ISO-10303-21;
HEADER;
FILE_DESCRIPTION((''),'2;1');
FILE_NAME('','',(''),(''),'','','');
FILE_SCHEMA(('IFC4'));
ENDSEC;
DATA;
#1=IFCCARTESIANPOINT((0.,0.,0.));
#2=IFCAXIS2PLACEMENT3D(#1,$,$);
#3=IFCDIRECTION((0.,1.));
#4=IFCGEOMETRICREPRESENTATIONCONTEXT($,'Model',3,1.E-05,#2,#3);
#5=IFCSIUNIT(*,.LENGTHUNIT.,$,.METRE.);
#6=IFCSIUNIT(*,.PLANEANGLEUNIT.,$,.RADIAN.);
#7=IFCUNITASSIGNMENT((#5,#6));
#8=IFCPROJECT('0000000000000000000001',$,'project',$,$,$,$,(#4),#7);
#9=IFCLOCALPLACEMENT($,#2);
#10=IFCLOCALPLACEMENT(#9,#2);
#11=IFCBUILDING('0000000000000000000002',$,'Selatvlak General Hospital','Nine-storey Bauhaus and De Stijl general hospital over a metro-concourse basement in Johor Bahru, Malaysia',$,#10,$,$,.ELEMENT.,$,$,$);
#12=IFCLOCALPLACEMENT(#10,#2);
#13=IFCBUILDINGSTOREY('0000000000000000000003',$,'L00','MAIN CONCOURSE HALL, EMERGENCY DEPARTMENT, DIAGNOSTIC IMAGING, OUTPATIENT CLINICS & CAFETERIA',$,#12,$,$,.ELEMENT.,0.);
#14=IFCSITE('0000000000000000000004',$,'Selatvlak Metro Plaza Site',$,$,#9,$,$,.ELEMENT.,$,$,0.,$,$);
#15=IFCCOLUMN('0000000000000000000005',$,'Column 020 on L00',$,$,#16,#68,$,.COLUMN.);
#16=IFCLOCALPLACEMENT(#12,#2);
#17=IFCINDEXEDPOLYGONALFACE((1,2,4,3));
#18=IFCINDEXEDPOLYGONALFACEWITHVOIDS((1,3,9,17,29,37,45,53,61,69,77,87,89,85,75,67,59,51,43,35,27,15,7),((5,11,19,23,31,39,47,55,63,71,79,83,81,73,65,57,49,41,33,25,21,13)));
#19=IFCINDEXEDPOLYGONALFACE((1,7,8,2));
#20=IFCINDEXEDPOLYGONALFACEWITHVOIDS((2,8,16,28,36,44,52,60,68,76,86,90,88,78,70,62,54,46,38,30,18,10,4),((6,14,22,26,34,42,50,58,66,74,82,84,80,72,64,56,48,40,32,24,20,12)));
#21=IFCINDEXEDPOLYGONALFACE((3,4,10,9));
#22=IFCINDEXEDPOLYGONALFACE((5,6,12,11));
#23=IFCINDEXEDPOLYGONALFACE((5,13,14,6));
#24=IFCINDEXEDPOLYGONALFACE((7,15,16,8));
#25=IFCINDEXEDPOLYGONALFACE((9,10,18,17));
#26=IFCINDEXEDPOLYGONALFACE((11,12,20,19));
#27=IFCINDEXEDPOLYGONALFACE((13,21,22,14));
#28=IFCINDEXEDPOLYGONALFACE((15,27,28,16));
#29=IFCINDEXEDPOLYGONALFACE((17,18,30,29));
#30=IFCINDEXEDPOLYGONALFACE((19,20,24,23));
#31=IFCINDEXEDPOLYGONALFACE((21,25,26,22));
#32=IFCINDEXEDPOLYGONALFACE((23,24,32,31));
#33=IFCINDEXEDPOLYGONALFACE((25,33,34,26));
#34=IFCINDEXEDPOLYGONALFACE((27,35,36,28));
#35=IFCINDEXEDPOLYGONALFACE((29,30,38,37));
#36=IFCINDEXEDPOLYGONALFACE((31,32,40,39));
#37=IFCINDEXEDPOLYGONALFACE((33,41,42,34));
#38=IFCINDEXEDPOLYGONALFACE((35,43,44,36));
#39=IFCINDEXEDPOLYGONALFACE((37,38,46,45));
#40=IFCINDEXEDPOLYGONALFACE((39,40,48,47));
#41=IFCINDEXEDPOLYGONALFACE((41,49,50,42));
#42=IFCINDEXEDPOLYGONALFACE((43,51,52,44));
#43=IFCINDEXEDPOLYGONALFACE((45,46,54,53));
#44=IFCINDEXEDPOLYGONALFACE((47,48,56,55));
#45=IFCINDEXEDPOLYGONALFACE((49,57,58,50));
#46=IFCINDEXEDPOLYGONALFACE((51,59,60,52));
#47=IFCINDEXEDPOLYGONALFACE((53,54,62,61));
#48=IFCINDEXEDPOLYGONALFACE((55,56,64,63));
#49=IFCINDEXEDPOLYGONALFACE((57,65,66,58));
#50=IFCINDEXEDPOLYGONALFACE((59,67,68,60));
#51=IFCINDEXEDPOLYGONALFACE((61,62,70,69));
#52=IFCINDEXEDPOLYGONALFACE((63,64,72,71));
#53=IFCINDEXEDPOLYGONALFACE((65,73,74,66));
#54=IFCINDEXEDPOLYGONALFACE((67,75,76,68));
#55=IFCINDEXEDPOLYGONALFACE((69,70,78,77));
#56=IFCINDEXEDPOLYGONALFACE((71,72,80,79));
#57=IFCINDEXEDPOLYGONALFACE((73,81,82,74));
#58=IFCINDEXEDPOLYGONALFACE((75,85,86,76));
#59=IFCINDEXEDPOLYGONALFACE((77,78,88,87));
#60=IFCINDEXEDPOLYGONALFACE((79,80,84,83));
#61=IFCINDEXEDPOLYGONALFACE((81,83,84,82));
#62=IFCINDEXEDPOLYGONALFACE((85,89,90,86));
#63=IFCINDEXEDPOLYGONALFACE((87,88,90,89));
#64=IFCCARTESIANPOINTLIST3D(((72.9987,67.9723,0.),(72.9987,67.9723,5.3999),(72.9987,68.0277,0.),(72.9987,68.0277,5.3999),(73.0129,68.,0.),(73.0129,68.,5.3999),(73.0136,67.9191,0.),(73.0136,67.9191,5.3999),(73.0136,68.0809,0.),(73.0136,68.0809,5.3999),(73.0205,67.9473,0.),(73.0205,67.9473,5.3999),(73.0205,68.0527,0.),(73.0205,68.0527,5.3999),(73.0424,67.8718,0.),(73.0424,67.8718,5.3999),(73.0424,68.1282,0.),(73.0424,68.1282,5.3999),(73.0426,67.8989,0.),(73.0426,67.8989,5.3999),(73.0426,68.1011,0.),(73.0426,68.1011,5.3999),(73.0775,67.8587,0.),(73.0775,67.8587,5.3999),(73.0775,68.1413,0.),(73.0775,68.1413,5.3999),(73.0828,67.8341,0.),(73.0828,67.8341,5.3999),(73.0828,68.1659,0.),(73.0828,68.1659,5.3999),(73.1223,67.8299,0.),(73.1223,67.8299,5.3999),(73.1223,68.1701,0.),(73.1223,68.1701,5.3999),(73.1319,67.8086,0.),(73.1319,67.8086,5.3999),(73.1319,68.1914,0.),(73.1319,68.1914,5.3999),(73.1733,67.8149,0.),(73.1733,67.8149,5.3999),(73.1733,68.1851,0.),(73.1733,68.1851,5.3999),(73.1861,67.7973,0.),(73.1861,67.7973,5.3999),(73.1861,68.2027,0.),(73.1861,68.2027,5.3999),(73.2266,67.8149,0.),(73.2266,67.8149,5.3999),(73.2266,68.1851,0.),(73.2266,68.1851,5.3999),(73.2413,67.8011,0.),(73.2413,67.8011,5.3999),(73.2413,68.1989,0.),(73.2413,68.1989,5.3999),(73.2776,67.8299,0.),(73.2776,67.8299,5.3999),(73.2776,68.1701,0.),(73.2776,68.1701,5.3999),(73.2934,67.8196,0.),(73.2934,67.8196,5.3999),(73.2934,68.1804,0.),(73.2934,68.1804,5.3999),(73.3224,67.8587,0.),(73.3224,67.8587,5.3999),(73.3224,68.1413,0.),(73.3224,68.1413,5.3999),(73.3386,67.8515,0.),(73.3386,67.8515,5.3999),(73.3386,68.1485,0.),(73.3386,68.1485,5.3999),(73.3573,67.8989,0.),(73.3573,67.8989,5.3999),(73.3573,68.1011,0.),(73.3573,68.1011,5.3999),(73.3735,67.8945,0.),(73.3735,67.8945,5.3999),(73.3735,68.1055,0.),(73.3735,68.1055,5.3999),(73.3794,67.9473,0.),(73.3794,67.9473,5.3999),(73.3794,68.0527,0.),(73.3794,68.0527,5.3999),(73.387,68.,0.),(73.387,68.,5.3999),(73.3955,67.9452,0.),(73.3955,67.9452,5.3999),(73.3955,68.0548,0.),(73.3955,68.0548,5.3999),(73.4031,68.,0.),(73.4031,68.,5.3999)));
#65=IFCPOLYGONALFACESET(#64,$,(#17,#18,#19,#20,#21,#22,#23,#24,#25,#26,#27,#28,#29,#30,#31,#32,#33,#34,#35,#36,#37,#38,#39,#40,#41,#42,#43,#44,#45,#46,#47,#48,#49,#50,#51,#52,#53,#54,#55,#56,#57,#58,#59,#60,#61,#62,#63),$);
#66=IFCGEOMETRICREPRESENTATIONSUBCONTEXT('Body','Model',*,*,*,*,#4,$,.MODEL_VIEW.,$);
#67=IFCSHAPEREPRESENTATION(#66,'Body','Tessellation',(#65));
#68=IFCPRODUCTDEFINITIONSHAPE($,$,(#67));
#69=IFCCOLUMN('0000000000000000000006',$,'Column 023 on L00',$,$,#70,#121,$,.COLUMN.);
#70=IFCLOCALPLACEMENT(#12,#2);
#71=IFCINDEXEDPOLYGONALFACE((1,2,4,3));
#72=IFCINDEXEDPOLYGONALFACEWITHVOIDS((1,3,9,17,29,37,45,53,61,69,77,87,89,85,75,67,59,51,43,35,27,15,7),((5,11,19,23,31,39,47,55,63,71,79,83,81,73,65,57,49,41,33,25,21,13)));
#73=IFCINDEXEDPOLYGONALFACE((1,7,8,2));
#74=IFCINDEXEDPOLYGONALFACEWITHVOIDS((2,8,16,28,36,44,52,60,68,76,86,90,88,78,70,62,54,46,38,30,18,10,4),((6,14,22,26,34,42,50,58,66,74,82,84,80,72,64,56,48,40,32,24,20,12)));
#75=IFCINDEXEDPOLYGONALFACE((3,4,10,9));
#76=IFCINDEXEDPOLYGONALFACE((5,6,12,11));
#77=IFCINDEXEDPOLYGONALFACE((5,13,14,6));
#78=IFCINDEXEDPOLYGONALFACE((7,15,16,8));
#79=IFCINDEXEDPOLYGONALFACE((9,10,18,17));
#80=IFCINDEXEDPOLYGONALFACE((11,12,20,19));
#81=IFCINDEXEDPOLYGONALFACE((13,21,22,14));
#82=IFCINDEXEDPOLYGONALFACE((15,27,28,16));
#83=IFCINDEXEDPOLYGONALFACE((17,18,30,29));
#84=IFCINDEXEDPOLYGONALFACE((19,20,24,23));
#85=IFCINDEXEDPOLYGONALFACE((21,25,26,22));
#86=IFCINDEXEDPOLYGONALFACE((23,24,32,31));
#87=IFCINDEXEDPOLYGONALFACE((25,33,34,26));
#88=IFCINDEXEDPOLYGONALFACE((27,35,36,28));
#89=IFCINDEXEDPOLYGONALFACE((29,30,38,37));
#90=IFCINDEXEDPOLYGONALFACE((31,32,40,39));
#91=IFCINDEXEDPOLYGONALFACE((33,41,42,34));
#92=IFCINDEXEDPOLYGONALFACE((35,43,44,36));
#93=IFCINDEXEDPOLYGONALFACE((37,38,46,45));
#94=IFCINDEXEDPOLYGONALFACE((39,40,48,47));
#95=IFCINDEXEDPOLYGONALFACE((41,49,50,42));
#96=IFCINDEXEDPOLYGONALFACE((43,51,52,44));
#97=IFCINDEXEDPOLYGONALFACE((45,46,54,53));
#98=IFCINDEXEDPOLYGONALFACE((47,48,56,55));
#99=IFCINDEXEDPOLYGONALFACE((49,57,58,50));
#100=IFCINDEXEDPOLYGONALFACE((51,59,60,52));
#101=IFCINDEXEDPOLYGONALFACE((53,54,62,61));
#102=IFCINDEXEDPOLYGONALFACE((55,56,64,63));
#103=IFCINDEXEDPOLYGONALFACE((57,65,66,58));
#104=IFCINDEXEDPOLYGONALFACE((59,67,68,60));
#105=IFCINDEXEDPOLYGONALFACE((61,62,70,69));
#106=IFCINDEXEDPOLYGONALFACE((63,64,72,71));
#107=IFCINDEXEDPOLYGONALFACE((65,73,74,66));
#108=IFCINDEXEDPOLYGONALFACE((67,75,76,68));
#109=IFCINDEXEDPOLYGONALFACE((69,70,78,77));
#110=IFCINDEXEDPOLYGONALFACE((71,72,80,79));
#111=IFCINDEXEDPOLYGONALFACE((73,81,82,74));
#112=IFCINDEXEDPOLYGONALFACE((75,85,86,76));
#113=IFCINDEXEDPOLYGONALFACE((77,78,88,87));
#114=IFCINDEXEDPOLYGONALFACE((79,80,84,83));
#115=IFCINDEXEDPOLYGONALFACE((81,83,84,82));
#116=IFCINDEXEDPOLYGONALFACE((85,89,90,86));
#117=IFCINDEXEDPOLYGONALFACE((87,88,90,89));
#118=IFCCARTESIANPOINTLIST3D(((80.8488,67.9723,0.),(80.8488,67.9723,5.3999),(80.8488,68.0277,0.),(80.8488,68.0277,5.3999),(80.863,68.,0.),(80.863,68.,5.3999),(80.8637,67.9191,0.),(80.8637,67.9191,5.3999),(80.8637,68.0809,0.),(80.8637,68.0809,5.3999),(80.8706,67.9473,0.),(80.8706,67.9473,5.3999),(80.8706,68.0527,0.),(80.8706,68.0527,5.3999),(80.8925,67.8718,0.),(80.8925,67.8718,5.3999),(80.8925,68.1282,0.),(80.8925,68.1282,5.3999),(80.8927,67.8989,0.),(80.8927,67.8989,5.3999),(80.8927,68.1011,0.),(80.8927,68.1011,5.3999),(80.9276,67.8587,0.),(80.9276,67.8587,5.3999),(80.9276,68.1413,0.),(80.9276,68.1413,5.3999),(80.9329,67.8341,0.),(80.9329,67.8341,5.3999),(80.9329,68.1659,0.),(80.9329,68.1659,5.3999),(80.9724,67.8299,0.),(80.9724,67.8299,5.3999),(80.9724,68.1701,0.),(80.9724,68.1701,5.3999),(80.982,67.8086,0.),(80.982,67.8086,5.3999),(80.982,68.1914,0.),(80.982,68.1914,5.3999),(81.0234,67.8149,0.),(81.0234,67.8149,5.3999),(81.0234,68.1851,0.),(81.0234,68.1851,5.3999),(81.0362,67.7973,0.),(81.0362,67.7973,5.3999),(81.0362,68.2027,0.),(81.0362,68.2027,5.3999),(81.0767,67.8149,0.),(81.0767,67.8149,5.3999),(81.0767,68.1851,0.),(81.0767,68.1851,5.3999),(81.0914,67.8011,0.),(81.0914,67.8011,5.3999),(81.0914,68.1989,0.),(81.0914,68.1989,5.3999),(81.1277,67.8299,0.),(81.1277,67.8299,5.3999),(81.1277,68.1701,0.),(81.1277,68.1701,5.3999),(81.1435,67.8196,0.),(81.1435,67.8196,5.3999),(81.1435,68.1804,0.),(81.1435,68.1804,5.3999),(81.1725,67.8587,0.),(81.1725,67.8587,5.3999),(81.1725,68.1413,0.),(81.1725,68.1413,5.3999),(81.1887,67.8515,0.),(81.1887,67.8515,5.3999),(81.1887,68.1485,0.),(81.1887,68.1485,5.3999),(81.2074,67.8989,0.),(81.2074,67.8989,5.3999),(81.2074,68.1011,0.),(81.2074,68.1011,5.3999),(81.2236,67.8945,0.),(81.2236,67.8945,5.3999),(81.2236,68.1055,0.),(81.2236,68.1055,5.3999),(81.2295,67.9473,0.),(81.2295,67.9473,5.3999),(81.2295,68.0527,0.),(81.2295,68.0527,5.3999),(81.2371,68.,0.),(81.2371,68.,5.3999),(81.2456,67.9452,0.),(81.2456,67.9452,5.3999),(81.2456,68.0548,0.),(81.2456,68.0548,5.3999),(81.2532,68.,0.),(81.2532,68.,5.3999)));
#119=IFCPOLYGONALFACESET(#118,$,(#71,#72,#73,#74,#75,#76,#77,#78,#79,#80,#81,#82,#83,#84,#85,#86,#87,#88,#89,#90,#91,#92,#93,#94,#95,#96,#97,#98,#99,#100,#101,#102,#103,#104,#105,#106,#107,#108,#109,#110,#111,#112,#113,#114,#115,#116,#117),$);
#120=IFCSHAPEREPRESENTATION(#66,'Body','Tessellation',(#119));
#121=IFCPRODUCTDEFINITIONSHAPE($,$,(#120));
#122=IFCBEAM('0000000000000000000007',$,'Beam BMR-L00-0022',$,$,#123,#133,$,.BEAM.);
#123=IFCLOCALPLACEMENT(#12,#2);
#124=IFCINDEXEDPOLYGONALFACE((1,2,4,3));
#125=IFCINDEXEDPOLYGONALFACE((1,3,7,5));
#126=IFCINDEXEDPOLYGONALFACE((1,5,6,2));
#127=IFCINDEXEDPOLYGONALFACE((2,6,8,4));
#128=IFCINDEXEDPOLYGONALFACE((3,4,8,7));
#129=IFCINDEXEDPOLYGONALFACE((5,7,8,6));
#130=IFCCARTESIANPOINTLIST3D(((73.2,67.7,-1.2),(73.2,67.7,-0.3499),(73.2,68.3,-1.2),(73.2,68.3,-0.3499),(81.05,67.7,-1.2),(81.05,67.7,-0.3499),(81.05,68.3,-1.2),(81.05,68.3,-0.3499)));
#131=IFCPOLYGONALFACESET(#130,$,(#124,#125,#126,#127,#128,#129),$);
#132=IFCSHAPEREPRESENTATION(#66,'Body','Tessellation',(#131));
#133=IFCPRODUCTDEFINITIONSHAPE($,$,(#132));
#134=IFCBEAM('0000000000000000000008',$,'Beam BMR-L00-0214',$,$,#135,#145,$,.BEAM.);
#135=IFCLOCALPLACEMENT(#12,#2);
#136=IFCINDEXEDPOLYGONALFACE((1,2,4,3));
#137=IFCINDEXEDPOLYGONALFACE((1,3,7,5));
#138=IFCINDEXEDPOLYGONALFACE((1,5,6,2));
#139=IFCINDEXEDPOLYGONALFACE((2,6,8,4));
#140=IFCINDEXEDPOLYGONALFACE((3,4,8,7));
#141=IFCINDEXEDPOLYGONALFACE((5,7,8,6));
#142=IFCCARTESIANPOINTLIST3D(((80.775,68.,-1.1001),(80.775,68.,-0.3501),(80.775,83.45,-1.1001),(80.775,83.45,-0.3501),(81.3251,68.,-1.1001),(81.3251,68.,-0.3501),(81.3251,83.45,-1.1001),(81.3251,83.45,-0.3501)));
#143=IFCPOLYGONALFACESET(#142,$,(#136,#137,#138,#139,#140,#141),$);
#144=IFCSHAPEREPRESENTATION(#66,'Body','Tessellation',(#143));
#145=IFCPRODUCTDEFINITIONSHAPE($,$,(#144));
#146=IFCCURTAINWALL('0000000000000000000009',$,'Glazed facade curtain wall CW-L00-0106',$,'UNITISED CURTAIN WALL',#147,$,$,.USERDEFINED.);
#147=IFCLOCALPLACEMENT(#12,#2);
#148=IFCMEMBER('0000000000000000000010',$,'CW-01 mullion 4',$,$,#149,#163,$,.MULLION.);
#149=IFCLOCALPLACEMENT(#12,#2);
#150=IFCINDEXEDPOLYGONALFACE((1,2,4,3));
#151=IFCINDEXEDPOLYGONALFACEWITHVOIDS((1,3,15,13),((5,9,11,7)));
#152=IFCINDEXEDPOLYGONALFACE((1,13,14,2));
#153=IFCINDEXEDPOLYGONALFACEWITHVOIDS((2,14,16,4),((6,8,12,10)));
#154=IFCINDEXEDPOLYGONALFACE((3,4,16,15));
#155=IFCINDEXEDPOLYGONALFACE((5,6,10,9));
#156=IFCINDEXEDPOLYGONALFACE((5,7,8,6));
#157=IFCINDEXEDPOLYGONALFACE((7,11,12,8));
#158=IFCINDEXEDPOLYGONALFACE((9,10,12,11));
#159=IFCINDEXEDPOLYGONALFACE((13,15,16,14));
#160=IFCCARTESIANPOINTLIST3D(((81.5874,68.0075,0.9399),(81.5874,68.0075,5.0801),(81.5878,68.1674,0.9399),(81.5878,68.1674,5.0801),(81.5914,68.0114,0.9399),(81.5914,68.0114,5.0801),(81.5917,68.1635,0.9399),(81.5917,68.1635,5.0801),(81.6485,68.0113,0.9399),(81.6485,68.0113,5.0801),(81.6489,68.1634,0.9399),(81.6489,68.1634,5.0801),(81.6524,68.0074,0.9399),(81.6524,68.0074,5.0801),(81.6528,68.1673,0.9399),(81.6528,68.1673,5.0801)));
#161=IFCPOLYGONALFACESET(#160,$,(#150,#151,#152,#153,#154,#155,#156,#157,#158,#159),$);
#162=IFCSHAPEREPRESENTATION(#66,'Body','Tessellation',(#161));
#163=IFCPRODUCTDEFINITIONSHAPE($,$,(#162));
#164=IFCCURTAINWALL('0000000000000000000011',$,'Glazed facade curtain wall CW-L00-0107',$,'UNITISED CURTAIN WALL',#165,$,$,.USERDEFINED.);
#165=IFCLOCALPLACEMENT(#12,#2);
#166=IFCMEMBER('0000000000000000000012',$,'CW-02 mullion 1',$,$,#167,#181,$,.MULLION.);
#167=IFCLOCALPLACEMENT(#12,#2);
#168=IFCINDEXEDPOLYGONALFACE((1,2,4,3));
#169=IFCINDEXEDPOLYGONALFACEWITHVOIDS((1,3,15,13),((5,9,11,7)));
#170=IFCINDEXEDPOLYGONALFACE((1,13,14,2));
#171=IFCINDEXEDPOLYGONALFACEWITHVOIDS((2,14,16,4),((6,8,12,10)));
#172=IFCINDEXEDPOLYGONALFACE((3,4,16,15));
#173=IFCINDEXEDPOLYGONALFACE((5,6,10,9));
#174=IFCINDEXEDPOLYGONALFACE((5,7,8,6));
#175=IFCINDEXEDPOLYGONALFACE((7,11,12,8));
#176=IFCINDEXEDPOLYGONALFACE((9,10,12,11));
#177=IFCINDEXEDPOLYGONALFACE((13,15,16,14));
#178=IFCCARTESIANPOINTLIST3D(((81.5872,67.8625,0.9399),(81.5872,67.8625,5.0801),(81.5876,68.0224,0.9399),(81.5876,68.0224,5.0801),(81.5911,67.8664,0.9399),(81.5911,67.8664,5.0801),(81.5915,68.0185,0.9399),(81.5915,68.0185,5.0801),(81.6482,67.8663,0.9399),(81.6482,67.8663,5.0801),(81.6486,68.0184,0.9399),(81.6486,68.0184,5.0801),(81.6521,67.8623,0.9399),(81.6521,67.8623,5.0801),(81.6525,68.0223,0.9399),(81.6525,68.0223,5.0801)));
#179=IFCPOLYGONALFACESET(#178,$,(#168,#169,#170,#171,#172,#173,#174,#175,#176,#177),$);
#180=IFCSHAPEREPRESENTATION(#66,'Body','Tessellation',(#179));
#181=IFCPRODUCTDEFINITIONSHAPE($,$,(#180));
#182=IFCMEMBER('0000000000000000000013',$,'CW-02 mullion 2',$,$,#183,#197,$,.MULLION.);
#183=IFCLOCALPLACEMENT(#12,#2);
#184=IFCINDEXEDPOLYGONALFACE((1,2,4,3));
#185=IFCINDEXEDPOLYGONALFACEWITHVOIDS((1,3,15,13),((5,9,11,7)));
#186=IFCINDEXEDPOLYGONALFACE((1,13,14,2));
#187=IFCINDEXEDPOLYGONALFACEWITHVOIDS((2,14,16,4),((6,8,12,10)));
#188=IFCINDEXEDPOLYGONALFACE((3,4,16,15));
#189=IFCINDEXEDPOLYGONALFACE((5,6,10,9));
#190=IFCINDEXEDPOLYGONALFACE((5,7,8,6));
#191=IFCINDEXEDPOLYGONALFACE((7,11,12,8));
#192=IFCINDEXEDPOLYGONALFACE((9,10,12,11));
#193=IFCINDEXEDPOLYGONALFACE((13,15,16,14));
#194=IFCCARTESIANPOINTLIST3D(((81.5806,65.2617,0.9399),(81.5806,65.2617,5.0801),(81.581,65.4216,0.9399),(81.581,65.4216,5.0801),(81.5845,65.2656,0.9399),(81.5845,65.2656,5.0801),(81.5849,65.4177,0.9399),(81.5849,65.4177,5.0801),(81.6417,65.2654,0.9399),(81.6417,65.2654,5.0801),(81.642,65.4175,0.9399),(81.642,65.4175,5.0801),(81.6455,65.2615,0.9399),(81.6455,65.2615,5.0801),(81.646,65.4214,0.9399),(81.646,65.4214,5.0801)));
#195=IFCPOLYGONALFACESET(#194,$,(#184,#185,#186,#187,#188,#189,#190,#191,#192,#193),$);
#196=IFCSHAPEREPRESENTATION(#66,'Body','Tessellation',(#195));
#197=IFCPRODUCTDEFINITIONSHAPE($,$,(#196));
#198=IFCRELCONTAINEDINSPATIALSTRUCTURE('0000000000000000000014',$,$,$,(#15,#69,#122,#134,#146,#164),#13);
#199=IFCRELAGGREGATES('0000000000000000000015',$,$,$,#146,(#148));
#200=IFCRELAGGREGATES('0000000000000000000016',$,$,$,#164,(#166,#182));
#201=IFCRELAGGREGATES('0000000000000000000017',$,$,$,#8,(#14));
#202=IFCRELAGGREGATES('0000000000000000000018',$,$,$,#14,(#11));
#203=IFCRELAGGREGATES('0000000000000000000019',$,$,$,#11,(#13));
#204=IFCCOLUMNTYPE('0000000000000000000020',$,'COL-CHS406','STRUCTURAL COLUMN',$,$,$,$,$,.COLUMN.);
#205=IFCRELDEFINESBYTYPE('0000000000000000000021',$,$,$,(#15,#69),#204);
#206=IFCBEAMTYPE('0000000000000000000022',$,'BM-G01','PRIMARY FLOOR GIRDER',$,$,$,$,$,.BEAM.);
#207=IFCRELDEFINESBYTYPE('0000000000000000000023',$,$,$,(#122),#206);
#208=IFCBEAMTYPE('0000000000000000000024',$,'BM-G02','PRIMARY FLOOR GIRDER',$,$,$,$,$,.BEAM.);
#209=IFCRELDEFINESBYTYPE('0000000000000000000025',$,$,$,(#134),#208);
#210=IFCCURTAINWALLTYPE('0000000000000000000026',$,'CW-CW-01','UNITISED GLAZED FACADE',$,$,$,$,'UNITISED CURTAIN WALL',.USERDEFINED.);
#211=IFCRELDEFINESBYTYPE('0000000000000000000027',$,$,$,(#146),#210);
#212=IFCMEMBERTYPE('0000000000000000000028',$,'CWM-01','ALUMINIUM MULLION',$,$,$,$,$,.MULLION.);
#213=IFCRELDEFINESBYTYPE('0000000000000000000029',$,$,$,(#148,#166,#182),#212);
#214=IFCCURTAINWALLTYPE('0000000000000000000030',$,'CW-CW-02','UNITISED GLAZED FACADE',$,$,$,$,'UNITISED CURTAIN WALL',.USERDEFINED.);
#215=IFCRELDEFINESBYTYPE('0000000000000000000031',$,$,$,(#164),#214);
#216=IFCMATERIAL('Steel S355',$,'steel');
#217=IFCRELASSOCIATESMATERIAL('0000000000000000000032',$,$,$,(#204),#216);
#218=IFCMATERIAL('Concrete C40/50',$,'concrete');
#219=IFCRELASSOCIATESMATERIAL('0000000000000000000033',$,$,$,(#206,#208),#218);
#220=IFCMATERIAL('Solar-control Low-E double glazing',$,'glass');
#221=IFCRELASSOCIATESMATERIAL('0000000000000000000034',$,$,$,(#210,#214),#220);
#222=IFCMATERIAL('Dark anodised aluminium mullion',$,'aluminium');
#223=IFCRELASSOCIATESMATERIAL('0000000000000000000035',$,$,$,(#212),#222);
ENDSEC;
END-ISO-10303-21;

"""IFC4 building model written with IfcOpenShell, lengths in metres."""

from ifc_helpers import new_model, si_unit, direction, frame, origin, origin_2d, place, context, subcontext, project, spatial, rectangle, hollow_rectangle, hollow_circle, extrude, material, material_profile, profile_set, type_object, element, aggregate, save


model = new_model("IFC4")

# Units and contexts
model_context = context("Model", 3, precision=1e-05, world=origin(), true_north=direction((0.0, 1.0)))
body_context = subcontext(model_context, "Body", "Model", "MODEL_VIEW")
ifc_project = project(units=[si_unit("LENGTHUNIT", "METRE"), si_unit("PLANEANGLEUNIT", "RADIAN")], contexts=[model_context])

# Site, building, storey
site_placement = place(None, origin())
site = spatial("IfcSite", under=ifc_project, at=site_placement, Name="Selatvlak Metro Plaza Site", CompositionType="ELEMENT", RefElevation=0.0)
building_placement = place(site_placement, origin())
building = spatial("IfcBuilding", under=site, at=building_placement, Name="Selatvlak General Hospital", Description="Nine-storey Bauhaus and De Stijl general hospital over a metro-concourse basement in Johor Bahru, Malaysia", CompositionType="ELEMENT")
storey_placement = place(building_placement, origin())
storey = spatial("IfcBuildingStorey", under=building, at=storey_placement, Name="L00", Description="MAIN CONCOURSE HALL, EMERGENCY DEPARTMENT, DIAGNOSTIC IMAGING, OUTPATIENT CLINICS & CAFETERIA", CompositionType="ELEMENT", Elevation=0.0)

# Columns
ifc_material_1 = material(Name="Steel S355", Category="steel")
ifc_material_profile_1 = material_profile(ifc_material_1, hollow_circle(Radius=0.2031, WallThickness=0.0161, at=origin_2d()), Name="CHS 406.4x16")
ifc_profile_set_1 = profile_set([ifc_material_profile_1], Name="Steel S355")
column_type = type_object("IfcColumnType", Name="COL-CHS406", Description="STRUCTURAL COLUMN", PredefinedType="COLUMN", material=ifc_profile_set_1)
for number, where, z_axis, x_axis, name in (
    (1, (73.2, 68.0, 0.0), (0.0, 0.0, 1.0), (1.0, 0.0, 0.0), "Column 020 on L00"),
    (2, (81.05, 68.0, 0.0), (0.0, 0.0, 1.0), (1.0, 0.0, 0.0), "Column 023 on L00"),
):
    element("IfcColumn", number, at=place(storey_placement, frame(where, z_axis=z_axis, x_axis=x_axis)), inside=storey, type_object=column_type, Name=name, PredefinedType="COLUMN", context=body_context, shape_type="SweptSolid", body=[
        extrude(hollow_circle(Radius=0.2031, WallThickness=0.0161, at=origin_2d()), origin(), (0.0, 0.0, 1.0), 5.3999),
    ])

# Beams
ifc_material_2 = material(Name="Concrete C40/50", Category="concrete")
ifc_material_profile_2 = material_profile(ifc_material_2, rectangle(XDim=0.6001, YDim=0.8501, at=origin_2d()), Name="RC-BM 600x850")
ifc_profile_set_2 = profile_set([ifc_material_profile_2], Name="Concrete C40/50")
beam_type_1 = type_object("IfcBeamType", Name="BM-G01", Description="PRIMARY FLOOR GIRDER", PredefinedType="BEAM", material=ifc_profile_set_2)
beam_1_placement = place(storey_placement, frame((73.2, 68.0, -0.7749), z_axis=(1.0, 0.0, 0.0), x_axis=(0.0, 1.0, 0.0)))
element("IfcBeam", 3, at=beam_1_placement, inside=storey, type_object=beam_type_1, Name="Beam BMR-L00-0022", PredefinedType="BEAM", context=body_context, shape_type="SweptSolid", body=[
    extrude(rectangle(XDim=0.6001, YDim=0.8501, at=origin_2d()), origin(), (0.0, 0.0, 1.0), 7.8501),
])
ifc_material_profile_3 = material_profile(ifc_material_2, rectangle(XDim=0.55, YDim=0.75, at=origin_2d()), Name="RC-BM 550x750")
ifc_profile_set_3 = profile_set([ifc_material_profile_3], Name="Concrete C40/50")
beam_type_2 = type_object("IfcBeamType", Name="BM-G02", Description="PRIMARY FLOOR GIRDER", PredefinedType="BEAM", material=ifc_profile_set_3)
beam_2_placement = place(storey_placement, frame((81.05, 68.0, -0.7251), z_axis=(0.0, 1.0, 0.0), x_axis=(-1.0, 0.0, 0.0)))
element("IfcBeam", 4, at=beam_2_placement, inside=storey, type_object=beam_type_2, Name="Beam BMR-L00-0214", PredefinedType="BEAM", context=body_context, shape_type="SweptSolid", body=[
    extrude(rectangle(XDim=0.55, YDim=0.75, at=origin_2d()), origin(), (0.0, 0.0, 1.0), 15.45),
])

# Curtain wall, member
ifc_material_3 = material(Name="Solar-control Low-E double glazing", Category="glass")
curtain_wall_type_1 = type_object("IfcCurtainWallType", Name="CW-CW-01", Description="UNITISED GLAZED FACADE", ElementType="UNITISED CURTAIN WALL", PredefinedType="USERDEFINED", material=ifc_material_3)
curtain_wall_1_placement = place(storey_placement, origin())
curtain_wall_1 = element("IfcCurtainWall", 5, at=curtain_wall_1_placement, inside=storey, type_object=curtain_wall_type_1, Name="Glazed facade curtain wall CW-L00-0106", ObjectType="UNITISED CURTAIN WALL", PredefinedType="USERDEFINED")
ifc_material_4 = material(Name="Dark anodised aluminium mullion", Category="aluminium")
ifc_material_profile_4 = material_profile(ifc_material_4, hollow_rectangle(XDim=0.0649, YDim=0.1599, WallThickness=0.0039, at=origin_2d()), Name="AL-MUL 65x160x4")
ifc_profile_set_4 = profile_set([ifc_material_profile_4], Name="Dark anodised aluminium mullion")
member_type_1 = type_object("IfcMemberType", Name="CWM-01", Description="ALUMINIUM MULLION", PredefinedType="MULLION", material=ifc_profile_set_4)
member_1_placement = place(storey_placement, frame((81.6201, 68.0874, 0.9399), z_axis=(0.0, 0.0, 1.0), x_axis=(0.999997, -0.002532, 0.0)))
member_1 = element("IfcMember", 6, at=member_1_placement, type_object=member_type_1, Name="CW-01 mullion 4", PredefinedType="MULLION", context=body_context, shape_type="SweptSolid", body=[
    extrude(hollow_rectangle(XDim=0.0649, YDim=0.1599, WallThickness=0.0039, at=origin_2d()), origin(), (0.0, 0.0, 1.0), 4.1401),
])
aggregate(curtain_wall_1, [member_1])

# Curtain wall, members
curtain_wall_type_2 = type_object("IfcCurtainWallType", Name="CW-CW-02", Description="UNITISED GLAZED FACADE", ElementType="UNITISED CURTAIN WALL", PredefinedType="USERDEFINED", material=ifc_material_3)
curtain_wall_2_placement = place(storey_placement, origin())
curtain_wall_2 = element("IfcCurtainWall", 7, at=curtain_wall_2_placement, inside=storey, type_object=curtain_wall_type_2, Name="Glazed facade curtain wall CW-L00-0107", ObjectType="UNITISED CURTAIN WALL", PredefinedType="USERDEFINED")
member_2_placement = place(storey_placement, frame((81.6199, 67.9424, 0.9399), z_axis=(0.0, 0.0, 1.0), x_axis=(0.999997, -0.002532, 0.0)))
member_2 = element("IfcMember", 8, at=member_2_placement, type_object=member_type_1, Name="CW-02 mullion 1", PredefinedType="MULLION", context=body_context, shape_type="SweptSolid", body=[
    extrude(hollow_rectangle(XDim=0.0649, YDim=0.1599, WallThickness=0.0039, at=origin_2d()), origin(), (0.0, 0.0, 1.0), 4.1401),
])
member_3_placement = place(storey_placement, frame((81.6133, 65.3416, 0.9399), z_axis=(0.0, 0.0, 1.0), x_axis=(0.999997, -0.002532, 0.0)))
member_3 = element("IfcMember", 9, at=member_3_placement, type_object=member_type_1, Name="CW-02 mullion 2", PredefinedType="MULLION", context=body_context, shape_type="SweptSolid", body=[
    extrude(hollow_rectangle(XDim=0.0649, YDim=0.1599, WallThickness=0.0039, at=origin_2d()), origin(), (0.0, 0.0, 1.0), 4.1401),
])
aggregate(curtain_wall_2, [member_2, member_3])

save(model, "model.ifc")
